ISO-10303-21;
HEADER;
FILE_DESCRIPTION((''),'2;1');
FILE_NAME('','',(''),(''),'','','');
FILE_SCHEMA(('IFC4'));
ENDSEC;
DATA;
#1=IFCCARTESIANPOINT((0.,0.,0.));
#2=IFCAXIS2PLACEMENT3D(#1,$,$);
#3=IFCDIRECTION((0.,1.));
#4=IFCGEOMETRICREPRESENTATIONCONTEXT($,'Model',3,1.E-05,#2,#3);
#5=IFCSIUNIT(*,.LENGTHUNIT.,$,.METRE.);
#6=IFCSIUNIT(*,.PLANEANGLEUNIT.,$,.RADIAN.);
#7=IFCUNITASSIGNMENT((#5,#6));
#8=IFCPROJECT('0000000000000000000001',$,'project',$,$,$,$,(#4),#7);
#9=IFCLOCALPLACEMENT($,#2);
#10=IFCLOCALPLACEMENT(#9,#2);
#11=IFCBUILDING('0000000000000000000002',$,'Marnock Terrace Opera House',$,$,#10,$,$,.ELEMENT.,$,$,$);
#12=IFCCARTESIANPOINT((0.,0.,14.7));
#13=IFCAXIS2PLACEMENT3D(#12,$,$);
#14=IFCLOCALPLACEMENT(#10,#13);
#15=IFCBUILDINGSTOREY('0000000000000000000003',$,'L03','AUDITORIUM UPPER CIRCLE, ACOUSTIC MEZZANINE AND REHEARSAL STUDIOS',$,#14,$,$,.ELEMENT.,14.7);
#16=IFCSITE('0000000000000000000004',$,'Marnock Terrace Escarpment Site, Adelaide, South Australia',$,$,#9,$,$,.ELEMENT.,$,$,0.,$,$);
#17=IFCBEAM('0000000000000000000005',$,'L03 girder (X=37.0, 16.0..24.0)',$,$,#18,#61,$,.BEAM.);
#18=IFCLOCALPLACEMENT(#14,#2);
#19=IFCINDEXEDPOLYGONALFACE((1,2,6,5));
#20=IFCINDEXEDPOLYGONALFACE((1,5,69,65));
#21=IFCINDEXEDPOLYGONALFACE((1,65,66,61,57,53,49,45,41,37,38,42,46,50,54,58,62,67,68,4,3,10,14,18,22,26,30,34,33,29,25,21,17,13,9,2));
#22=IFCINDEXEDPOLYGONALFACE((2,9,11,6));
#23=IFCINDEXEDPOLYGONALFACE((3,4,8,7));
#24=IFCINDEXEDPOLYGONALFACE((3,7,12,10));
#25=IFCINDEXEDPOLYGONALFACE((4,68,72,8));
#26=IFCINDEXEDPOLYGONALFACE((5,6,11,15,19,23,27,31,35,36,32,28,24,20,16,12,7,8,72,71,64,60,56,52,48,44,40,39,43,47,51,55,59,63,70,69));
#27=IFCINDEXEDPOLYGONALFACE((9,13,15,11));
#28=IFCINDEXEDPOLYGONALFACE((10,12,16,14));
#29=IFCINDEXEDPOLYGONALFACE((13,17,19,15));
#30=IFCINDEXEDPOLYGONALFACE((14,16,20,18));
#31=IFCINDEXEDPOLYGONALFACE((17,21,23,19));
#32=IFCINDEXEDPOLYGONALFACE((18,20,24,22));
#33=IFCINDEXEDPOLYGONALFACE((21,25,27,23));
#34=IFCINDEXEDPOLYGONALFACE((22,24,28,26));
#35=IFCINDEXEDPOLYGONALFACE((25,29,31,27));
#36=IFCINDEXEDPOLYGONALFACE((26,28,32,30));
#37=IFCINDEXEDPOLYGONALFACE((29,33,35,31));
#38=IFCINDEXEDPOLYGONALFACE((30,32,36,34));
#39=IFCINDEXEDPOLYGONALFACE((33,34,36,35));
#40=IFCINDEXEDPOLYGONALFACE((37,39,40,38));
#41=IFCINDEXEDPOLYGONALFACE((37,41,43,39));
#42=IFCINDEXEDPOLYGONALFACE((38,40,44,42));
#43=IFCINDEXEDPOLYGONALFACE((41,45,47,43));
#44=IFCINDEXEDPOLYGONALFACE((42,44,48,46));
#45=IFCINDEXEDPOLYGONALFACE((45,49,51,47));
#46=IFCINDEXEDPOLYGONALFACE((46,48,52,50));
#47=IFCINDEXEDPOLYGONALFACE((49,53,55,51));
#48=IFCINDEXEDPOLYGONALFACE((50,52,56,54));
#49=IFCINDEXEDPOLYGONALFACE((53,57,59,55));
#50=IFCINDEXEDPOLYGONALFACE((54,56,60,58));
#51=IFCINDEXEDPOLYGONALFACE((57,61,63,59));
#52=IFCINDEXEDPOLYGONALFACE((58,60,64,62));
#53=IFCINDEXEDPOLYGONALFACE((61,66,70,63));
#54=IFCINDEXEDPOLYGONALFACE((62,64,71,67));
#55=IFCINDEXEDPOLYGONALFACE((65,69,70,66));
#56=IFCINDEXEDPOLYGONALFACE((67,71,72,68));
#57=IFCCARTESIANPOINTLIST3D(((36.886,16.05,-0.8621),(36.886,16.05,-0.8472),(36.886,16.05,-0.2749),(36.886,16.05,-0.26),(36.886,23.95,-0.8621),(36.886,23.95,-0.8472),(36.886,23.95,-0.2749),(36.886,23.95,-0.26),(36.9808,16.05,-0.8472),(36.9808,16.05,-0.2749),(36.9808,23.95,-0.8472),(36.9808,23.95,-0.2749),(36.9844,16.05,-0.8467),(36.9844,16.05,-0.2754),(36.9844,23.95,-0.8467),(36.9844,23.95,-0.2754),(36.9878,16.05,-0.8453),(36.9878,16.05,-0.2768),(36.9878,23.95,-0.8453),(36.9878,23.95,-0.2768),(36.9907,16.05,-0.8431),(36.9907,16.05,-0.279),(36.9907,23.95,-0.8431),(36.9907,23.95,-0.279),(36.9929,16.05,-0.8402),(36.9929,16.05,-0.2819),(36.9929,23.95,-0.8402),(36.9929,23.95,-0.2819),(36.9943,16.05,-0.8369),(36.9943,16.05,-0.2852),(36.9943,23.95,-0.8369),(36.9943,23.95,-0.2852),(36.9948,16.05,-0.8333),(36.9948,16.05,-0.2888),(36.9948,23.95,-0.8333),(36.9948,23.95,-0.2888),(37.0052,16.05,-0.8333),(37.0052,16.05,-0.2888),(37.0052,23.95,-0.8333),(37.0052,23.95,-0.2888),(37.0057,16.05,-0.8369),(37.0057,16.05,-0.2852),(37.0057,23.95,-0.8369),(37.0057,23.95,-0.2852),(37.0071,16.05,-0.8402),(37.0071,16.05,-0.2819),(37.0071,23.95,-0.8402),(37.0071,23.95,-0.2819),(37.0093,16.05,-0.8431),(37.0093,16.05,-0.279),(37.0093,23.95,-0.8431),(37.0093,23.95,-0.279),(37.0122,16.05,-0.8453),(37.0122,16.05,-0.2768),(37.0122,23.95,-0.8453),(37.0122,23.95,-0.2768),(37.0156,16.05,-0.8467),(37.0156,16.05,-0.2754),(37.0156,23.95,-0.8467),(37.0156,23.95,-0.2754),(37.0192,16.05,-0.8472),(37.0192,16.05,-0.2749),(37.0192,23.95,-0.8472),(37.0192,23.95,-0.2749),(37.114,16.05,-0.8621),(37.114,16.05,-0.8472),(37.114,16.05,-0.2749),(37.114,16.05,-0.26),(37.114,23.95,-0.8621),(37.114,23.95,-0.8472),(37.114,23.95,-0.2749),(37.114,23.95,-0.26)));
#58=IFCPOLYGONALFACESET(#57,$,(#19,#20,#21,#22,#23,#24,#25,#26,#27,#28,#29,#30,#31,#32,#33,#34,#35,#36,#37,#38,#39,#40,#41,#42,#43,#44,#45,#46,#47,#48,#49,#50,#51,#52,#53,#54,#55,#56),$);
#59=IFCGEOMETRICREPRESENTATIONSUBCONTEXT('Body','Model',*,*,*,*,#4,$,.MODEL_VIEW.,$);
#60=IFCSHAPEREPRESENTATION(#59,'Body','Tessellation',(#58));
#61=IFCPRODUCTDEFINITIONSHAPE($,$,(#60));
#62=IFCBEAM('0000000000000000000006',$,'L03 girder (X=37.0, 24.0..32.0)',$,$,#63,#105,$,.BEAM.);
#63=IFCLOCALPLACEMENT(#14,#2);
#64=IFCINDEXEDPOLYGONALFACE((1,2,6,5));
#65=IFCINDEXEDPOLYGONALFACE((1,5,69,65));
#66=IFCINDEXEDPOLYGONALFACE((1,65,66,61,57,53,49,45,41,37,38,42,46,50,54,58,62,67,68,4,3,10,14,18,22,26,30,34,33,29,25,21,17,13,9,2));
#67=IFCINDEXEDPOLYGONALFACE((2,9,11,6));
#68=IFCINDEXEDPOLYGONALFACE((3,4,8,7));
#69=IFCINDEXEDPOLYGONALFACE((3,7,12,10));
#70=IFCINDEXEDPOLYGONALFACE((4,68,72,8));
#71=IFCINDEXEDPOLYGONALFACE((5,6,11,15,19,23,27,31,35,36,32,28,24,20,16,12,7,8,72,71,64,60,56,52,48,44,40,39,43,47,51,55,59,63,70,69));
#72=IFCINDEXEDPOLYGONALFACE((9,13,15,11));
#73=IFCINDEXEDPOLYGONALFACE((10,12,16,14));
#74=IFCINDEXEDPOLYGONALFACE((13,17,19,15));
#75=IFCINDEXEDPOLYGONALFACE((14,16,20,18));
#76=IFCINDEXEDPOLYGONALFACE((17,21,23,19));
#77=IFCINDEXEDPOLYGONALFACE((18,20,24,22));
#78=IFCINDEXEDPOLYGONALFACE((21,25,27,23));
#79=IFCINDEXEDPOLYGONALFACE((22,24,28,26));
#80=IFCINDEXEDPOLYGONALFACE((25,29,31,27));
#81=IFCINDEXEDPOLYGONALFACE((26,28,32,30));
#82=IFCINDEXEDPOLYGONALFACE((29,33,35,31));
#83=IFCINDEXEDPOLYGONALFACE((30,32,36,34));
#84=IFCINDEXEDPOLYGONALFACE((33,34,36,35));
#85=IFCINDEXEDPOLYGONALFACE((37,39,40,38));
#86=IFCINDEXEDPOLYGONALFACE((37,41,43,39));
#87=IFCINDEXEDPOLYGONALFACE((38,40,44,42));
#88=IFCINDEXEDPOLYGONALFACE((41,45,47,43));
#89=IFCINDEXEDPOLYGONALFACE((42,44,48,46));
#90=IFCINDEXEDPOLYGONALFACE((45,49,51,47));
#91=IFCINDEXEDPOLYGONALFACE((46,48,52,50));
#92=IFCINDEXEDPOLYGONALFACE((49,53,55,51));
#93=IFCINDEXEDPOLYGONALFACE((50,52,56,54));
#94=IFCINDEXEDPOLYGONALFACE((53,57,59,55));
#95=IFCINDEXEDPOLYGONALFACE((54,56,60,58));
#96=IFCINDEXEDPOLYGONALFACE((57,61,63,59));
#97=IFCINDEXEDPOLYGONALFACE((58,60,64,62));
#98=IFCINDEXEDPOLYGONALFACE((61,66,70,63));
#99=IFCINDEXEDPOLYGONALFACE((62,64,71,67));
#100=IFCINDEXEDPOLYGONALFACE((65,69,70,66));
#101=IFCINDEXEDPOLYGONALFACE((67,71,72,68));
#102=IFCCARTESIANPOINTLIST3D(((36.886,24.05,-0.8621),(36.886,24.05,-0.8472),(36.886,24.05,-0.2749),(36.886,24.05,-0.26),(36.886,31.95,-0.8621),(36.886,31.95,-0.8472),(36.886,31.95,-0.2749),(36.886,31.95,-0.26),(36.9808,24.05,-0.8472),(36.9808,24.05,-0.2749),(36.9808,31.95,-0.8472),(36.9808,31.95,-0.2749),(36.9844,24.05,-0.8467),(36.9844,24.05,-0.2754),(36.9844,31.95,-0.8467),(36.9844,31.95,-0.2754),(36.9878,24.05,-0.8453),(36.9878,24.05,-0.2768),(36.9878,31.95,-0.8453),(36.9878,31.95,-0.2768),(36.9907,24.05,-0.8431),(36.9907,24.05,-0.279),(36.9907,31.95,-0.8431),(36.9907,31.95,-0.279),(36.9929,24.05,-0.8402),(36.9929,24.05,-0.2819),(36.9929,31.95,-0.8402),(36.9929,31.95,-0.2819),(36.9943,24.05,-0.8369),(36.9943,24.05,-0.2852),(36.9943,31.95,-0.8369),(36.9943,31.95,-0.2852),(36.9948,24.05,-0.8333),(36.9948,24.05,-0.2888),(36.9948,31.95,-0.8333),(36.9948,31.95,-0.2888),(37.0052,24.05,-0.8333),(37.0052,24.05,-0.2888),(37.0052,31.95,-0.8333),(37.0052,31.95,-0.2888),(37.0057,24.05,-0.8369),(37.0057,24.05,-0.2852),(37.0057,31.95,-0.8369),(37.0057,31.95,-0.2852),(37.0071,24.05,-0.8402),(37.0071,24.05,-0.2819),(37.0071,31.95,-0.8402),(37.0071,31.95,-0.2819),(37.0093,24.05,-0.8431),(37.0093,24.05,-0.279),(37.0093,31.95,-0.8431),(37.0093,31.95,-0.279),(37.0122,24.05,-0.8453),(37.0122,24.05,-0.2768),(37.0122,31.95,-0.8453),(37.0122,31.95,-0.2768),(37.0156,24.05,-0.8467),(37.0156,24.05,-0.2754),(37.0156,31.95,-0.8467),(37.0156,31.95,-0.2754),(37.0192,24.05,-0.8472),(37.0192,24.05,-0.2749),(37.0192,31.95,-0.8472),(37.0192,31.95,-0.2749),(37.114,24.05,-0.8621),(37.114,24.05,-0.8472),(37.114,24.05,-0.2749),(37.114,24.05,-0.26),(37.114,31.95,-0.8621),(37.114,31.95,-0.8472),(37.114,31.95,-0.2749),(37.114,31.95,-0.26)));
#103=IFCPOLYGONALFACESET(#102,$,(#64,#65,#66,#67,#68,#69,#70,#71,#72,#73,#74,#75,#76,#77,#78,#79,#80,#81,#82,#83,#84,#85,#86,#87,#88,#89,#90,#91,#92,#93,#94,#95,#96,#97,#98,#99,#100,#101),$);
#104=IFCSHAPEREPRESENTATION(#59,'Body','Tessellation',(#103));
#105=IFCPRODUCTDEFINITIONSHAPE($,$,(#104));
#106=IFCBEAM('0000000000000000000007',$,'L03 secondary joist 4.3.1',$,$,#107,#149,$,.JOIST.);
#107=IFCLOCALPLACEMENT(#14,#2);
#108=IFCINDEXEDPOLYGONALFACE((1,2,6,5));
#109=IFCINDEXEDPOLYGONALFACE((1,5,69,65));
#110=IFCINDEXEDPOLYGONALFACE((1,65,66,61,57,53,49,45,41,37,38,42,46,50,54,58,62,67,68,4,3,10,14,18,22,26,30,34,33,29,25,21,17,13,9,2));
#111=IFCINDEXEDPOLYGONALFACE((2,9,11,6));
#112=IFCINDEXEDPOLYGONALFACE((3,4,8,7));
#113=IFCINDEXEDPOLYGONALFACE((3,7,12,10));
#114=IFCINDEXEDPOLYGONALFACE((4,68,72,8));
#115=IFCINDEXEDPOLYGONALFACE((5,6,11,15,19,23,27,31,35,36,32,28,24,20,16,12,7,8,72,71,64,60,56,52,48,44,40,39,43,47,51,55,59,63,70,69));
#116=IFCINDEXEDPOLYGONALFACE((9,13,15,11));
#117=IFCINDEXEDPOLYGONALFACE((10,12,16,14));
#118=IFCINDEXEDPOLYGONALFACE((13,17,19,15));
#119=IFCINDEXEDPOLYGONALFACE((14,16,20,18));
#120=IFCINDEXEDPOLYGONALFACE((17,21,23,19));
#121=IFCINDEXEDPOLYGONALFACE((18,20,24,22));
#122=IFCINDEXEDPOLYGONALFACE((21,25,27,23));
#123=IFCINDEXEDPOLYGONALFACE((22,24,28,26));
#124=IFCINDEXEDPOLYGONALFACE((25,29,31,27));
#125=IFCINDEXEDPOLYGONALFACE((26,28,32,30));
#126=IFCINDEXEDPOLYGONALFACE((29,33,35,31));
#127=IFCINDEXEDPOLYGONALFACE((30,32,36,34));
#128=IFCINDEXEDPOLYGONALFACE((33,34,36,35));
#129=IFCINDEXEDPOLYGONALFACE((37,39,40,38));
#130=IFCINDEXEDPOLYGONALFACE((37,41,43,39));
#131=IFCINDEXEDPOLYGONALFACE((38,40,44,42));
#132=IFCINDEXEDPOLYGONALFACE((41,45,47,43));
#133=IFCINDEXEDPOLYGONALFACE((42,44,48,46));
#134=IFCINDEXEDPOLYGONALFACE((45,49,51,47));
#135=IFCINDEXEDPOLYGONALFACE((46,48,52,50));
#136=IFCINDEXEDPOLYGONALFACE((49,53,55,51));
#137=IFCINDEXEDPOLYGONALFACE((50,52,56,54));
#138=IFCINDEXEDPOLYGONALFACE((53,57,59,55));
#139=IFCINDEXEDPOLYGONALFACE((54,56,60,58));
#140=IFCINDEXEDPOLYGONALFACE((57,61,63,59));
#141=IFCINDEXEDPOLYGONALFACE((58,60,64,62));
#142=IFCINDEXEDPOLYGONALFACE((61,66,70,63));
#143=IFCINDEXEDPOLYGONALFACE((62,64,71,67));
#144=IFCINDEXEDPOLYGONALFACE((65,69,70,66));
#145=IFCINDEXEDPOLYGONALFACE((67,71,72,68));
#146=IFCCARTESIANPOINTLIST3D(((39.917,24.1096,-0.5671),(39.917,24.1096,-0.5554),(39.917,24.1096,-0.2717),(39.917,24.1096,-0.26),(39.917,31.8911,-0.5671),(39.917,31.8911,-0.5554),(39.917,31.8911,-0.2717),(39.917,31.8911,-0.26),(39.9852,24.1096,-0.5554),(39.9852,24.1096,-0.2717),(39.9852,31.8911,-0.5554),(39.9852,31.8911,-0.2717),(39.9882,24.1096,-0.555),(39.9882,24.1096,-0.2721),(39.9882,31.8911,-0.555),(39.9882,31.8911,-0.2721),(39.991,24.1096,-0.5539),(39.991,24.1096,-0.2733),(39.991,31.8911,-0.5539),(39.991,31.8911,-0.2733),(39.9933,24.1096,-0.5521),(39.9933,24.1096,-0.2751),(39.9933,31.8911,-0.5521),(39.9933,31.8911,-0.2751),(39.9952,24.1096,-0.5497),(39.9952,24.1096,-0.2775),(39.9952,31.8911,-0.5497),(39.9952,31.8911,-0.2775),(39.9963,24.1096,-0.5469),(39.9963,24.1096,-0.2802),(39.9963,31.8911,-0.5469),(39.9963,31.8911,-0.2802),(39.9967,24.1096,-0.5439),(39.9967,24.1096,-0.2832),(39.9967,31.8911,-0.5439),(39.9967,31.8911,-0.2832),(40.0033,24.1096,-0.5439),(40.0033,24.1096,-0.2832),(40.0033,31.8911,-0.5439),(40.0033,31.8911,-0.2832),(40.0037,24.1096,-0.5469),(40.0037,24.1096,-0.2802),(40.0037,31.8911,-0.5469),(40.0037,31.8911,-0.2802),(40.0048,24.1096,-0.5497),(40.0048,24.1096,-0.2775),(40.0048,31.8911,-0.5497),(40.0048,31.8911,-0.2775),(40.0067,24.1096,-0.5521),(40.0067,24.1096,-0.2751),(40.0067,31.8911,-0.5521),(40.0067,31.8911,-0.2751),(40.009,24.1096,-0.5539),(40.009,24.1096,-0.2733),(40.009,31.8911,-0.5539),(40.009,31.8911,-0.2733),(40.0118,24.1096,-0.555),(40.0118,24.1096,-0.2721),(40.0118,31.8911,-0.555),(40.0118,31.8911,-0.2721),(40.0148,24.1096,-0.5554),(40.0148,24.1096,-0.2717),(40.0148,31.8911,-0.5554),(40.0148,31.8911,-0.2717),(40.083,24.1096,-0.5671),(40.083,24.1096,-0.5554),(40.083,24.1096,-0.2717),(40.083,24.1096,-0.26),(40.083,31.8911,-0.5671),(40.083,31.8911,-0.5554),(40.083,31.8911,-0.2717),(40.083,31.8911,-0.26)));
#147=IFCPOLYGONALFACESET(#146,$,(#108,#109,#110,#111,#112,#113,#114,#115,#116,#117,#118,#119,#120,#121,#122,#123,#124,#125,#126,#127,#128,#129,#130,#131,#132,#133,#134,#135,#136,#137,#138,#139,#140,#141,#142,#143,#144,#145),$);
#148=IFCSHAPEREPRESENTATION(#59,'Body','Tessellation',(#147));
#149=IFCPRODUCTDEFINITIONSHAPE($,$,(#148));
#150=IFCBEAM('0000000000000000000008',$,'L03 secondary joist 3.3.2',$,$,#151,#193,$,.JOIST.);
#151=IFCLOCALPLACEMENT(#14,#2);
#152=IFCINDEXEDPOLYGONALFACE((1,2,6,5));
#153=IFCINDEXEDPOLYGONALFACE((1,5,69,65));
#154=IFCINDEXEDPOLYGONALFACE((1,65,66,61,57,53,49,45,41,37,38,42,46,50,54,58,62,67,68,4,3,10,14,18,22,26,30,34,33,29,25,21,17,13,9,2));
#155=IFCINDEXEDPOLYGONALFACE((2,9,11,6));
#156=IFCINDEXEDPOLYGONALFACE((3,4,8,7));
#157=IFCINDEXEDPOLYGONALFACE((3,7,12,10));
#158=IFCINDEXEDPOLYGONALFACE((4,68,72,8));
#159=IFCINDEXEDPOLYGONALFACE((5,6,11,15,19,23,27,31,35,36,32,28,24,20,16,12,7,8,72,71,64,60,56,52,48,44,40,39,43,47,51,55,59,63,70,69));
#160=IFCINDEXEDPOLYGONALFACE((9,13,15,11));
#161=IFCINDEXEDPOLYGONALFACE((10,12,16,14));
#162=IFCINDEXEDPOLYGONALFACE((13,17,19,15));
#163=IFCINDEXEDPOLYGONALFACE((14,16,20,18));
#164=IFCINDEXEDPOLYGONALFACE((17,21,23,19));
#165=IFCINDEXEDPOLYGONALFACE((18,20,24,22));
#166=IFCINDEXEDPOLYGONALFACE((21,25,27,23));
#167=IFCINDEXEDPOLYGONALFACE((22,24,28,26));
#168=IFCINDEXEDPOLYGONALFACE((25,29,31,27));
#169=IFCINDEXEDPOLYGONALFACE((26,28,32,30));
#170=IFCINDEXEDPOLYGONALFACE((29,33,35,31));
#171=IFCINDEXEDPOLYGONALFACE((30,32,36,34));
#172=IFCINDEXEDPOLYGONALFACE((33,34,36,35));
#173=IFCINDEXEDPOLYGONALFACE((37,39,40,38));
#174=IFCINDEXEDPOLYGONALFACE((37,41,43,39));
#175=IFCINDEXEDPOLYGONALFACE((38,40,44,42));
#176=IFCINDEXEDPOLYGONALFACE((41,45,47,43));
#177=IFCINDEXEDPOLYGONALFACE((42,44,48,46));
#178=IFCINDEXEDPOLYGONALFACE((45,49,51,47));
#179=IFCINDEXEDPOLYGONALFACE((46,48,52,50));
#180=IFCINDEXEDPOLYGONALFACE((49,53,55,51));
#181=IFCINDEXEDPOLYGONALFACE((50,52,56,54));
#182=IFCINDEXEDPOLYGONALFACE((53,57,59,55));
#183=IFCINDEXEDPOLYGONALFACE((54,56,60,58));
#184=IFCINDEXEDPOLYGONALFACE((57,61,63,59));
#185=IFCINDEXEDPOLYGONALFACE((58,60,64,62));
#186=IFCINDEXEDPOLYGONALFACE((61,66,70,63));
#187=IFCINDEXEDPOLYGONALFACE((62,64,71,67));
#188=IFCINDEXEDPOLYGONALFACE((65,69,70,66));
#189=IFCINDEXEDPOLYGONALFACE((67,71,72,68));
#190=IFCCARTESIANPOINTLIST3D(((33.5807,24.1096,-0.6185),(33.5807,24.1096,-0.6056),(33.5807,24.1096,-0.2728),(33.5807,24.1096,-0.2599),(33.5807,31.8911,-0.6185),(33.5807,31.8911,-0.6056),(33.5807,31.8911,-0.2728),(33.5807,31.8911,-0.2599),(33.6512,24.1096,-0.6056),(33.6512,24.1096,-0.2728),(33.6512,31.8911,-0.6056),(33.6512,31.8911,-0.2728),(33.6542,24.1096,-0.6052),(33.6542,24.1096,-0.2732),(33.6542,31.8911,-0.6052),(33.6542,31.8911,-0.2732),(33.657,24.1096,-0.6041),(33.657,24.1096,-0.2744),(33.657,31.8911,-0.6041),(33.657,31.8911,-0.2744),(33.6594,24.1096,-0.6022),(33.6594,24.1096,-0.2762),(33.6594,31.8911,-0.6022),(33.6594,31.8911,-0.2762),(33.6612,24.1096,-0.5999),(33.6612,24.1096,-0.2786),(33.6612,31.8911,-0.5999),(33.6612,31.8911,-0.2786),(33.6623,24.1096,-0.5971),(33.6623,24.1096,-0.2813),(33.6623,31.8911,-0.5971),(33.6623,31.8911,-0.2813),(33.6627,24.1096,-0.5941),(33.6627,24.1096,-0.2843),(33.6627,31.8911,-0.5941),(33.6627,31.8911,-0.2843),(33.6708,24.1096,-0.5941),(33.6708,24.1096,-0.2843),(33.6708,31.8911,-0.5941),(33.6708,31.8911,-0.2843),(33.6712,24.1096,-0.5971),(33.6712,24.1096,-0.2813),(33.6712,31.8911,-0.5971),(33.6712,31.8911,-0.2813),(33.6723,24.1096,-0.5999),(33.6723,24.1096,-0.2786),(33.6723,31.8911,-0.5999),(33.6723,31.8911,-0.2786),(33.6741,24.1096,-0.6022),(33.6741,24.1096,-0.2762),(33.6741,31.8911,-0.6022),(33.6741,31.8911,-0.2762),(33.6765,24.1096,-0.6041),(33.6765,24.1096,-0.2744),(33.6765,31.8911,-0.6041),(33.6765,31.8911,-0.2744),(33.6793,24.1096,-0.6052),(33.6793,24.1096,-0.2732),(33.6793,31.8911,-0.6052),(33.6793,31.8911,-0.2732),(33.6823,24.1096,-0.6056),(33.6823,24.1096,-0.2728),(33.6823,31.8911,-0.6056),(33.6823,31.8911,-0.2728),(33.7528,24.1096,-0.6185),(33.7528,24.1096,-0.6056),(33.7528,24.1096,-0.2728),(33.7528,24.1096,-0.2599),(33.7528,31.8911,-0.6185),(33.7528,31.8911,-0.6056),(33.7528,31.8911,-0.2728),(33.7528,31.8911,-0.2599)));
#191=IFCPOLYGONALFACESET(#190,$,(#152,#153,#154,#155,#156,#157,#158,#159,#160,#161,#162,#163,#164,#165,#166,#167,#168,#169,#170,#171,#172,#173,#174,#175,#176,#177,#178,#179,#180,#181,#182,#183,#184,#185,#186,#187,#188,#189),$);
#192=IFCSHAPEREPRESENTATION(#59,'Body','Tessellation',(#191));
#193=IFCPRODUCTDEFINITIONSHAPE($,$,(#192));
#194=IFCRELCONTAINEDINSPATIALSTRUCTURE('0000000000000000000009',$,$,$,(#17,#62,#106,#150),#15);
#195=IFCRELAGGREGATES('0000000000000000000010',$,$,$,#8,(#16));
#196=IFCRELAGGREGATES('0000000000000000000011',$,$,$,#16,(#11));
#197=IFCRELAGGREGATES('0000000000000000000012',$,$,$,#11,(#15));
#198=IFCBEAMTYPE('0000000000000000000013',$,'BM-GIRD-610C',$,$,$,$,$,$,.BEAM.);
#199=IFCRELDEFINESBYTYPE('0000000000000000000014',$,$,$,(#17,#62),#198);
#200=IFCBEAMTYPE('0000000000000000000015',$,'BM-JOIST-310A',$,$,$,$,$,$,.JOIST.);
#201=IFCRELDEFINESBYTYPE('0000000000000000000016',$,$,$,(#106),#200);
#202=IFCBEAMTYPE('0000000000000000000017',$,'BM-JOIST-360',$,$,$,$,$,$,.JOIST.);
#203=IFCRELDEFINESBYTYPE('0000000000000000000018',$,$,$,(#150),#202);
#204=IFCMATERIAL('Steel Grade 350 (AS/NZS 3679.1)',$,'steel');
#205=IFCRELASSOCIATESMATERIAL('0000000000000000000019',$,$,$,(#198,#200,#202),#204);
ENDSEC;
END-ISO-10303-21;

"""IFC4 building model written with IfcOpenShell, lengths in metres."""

from ifc_helpers import new_model, si_unit, direction, frame, origin, origin_2d, place, context, subcontext, project, spatial, i_section, extrude, material, material_profile, profile_set, type_object, element, save


model = new_model("IFC4")

# Units and contexts
model_context = context("Model", 3, precision=1e-05, world=origin(), true_north=direction((0.0, 1.0)))
body_context = subcontext(model_context, "Body", "Model", "MODEL_VIEW")
ifc_project = project(units=[si_unit("LENGTHUNIT", "METRE"), si_unit("PLANEANGLEUNIT", "RADIAN")], contexts=[model_context])

# Site, building, storey
site_placement = place(None, origin())
site = spatial("IfcSite", under=ifc_project, at=site_placement, Name="Marnock Terrace Escarpment Site, Adelaide, South Australia", CompositionType="ELEMENT", RefElevation=0.0)
building_placement = place(site_placement, origin())
building = spatial("IfcBuilding", under=site, at=building_placement, Name="Marnock Terrace Opera House", CompositionType="ELEMENT")
storey_placement = place(building_placement, frame((0.0, 0.0, 14.7)))
storey = spatial("IfcBuildingStorey", under=building, at=storey_placement, Name="L03", Description="AUDITORIUM UPPER CIRCLE, ACOUSTIC MEZZANINE AND REHEARSAL STUDIOS", CompositionType="ELEMENT", Elevation=14.7)

# Beams
ifc_material_1 = material(Name="Steel Grade 350 (AS/NZS 3679.1)", Category="steel")
ifc_material_profile_1 = material_profile(ifc_material_1, i_section(OverallWidth=0.228, OverallDepth=0.6021, WebThickness=0.0105, FlangeThickness=0.0149, FilletRadius=0.0139, at=origin_2d()))
ifc_profile_set_1 = profile_set([ifc_material_profile_1], Name="Steel Grade 350 (AS/NZS 3679.1)")
beam_type_1 = type_object("IfcBeamType", Name="BM-GIRD-610C", PredefinedType="BEAM", material=ifc_profile_set_1)
for number, where, z_axis, x_axis, name in (
    (1, (37.0, 16.05, -0.561), (0.0, 1.0, 0.0), (-1.0, 0.0, 0.0), "L03 girder (X=37.0, 16.0..24.0)"),
    (2, (37.0, 24.05, -0.561), (0.0, 1.0, 0.0), (-1.0, 0.0, 0.0), "L03 girder (X=37.0, 24.0..32.0)"),
):
    element("IfcBeam", number, at=place(storey_placement, frame(where, z_axis=z_axis, x_axis=x_axis)), inside=storey, type_object=beam_type_1, Name=name, PredefinedType="BEAM", context=body_context, shape_type="SweptSolid", body=[
        extrude(i_section(OverallWidth=0.228, OverallDepth=0.6021, WebThickness=0.0105, FlangeThickness=0.0149, FilletRadius=0.0139, at=origin_2d()), origin(), (0.0, 0.0, 1.0), 7.8999),
    ])
ifc_material_profile_2 = material_profile(ifc_material_1, i_section(OverallWidth=0.166, OverallDepth=0.3071, WebThickness=0.0066, FlangeThickness=0.0117, FilletRadius=0.0115, at=origin_2d()))
ifc_profile_set_2 = profile_set([ifc_material_profile_2], Name="Steel Grade 350 (AS/NZS 3679.1)")
beam_type_2 = type_object("IfcBeamType", Name="BM-JOIST-310A", PredefinedType="JOIST", material=ifc_profile_set_2)
beam_1_placement = place(storey_placement, frame((40.0, 24.1096, -0.4136), z_axis=(0.0, 1.0, 0.0), x_axis=(-1.0, 0.0, 0.0)))
element("IfcBeam", 3, at=beam_1_placement, inside=storey, type_object=beam_type_2, Name="L03 secondary joist 4.3.1", PredefinedType="JOIST", context=body_context, shape_type="SweptSolid", body=[
    extrude(i_section(OverallWidth=0.166, OverallDepth=0.3071, WebThickness=0.0066, FlangeThickness=0.0117, FilletRadius=0.0115, at=origin_2d()), origin(), (0.0, 0.0, 1.0), 7.7815),
])
ifc_material_profile_3 = material_profile(ifc_material_1, i_section(OverallWidth=0.1721, OverallDepth=0.3586, WebThickness=0.0081, FlangeThickness=0.0129, FilletRadius=0.0115, at=origin_2d()))
ifc_profile_set_3 = profile_set([ifc_material_profile_3], Name="Steel Grade 350 (AS/NZS 3679.1)")
beam_type_3 = type_object("IfcBeamType", Name="BM-JOIST-360", PredefinedType="JOIST", material=ifc_profile_set_3)
beam_2_placement = place(storey_placement, frame((33.6667, 24.1096, -0.4392), z_axis=(0.0, 1.0, 0.0), x_axis=(-1.0, 0.0, 0.0)))
element("IfcBeam", 4, at=beam_2_placement, inside=storey, type_object=beam_type_3, Name="L03 secondary joist 3.3.2", PredefinedType="JOIST", context=body_context, shape_type="SweptSolid", body=[
    extrude(i_section(OverallWidth=0.1721, OverallDepth=0.3586, WebThickness=0.0081, FlangeThickness=0.0129, FilletRadius=0.0115, at=origin_2d()), origin(), (0.0, 0.0, 1.0), 7.7815),
])

save(model, "model.ifc")
